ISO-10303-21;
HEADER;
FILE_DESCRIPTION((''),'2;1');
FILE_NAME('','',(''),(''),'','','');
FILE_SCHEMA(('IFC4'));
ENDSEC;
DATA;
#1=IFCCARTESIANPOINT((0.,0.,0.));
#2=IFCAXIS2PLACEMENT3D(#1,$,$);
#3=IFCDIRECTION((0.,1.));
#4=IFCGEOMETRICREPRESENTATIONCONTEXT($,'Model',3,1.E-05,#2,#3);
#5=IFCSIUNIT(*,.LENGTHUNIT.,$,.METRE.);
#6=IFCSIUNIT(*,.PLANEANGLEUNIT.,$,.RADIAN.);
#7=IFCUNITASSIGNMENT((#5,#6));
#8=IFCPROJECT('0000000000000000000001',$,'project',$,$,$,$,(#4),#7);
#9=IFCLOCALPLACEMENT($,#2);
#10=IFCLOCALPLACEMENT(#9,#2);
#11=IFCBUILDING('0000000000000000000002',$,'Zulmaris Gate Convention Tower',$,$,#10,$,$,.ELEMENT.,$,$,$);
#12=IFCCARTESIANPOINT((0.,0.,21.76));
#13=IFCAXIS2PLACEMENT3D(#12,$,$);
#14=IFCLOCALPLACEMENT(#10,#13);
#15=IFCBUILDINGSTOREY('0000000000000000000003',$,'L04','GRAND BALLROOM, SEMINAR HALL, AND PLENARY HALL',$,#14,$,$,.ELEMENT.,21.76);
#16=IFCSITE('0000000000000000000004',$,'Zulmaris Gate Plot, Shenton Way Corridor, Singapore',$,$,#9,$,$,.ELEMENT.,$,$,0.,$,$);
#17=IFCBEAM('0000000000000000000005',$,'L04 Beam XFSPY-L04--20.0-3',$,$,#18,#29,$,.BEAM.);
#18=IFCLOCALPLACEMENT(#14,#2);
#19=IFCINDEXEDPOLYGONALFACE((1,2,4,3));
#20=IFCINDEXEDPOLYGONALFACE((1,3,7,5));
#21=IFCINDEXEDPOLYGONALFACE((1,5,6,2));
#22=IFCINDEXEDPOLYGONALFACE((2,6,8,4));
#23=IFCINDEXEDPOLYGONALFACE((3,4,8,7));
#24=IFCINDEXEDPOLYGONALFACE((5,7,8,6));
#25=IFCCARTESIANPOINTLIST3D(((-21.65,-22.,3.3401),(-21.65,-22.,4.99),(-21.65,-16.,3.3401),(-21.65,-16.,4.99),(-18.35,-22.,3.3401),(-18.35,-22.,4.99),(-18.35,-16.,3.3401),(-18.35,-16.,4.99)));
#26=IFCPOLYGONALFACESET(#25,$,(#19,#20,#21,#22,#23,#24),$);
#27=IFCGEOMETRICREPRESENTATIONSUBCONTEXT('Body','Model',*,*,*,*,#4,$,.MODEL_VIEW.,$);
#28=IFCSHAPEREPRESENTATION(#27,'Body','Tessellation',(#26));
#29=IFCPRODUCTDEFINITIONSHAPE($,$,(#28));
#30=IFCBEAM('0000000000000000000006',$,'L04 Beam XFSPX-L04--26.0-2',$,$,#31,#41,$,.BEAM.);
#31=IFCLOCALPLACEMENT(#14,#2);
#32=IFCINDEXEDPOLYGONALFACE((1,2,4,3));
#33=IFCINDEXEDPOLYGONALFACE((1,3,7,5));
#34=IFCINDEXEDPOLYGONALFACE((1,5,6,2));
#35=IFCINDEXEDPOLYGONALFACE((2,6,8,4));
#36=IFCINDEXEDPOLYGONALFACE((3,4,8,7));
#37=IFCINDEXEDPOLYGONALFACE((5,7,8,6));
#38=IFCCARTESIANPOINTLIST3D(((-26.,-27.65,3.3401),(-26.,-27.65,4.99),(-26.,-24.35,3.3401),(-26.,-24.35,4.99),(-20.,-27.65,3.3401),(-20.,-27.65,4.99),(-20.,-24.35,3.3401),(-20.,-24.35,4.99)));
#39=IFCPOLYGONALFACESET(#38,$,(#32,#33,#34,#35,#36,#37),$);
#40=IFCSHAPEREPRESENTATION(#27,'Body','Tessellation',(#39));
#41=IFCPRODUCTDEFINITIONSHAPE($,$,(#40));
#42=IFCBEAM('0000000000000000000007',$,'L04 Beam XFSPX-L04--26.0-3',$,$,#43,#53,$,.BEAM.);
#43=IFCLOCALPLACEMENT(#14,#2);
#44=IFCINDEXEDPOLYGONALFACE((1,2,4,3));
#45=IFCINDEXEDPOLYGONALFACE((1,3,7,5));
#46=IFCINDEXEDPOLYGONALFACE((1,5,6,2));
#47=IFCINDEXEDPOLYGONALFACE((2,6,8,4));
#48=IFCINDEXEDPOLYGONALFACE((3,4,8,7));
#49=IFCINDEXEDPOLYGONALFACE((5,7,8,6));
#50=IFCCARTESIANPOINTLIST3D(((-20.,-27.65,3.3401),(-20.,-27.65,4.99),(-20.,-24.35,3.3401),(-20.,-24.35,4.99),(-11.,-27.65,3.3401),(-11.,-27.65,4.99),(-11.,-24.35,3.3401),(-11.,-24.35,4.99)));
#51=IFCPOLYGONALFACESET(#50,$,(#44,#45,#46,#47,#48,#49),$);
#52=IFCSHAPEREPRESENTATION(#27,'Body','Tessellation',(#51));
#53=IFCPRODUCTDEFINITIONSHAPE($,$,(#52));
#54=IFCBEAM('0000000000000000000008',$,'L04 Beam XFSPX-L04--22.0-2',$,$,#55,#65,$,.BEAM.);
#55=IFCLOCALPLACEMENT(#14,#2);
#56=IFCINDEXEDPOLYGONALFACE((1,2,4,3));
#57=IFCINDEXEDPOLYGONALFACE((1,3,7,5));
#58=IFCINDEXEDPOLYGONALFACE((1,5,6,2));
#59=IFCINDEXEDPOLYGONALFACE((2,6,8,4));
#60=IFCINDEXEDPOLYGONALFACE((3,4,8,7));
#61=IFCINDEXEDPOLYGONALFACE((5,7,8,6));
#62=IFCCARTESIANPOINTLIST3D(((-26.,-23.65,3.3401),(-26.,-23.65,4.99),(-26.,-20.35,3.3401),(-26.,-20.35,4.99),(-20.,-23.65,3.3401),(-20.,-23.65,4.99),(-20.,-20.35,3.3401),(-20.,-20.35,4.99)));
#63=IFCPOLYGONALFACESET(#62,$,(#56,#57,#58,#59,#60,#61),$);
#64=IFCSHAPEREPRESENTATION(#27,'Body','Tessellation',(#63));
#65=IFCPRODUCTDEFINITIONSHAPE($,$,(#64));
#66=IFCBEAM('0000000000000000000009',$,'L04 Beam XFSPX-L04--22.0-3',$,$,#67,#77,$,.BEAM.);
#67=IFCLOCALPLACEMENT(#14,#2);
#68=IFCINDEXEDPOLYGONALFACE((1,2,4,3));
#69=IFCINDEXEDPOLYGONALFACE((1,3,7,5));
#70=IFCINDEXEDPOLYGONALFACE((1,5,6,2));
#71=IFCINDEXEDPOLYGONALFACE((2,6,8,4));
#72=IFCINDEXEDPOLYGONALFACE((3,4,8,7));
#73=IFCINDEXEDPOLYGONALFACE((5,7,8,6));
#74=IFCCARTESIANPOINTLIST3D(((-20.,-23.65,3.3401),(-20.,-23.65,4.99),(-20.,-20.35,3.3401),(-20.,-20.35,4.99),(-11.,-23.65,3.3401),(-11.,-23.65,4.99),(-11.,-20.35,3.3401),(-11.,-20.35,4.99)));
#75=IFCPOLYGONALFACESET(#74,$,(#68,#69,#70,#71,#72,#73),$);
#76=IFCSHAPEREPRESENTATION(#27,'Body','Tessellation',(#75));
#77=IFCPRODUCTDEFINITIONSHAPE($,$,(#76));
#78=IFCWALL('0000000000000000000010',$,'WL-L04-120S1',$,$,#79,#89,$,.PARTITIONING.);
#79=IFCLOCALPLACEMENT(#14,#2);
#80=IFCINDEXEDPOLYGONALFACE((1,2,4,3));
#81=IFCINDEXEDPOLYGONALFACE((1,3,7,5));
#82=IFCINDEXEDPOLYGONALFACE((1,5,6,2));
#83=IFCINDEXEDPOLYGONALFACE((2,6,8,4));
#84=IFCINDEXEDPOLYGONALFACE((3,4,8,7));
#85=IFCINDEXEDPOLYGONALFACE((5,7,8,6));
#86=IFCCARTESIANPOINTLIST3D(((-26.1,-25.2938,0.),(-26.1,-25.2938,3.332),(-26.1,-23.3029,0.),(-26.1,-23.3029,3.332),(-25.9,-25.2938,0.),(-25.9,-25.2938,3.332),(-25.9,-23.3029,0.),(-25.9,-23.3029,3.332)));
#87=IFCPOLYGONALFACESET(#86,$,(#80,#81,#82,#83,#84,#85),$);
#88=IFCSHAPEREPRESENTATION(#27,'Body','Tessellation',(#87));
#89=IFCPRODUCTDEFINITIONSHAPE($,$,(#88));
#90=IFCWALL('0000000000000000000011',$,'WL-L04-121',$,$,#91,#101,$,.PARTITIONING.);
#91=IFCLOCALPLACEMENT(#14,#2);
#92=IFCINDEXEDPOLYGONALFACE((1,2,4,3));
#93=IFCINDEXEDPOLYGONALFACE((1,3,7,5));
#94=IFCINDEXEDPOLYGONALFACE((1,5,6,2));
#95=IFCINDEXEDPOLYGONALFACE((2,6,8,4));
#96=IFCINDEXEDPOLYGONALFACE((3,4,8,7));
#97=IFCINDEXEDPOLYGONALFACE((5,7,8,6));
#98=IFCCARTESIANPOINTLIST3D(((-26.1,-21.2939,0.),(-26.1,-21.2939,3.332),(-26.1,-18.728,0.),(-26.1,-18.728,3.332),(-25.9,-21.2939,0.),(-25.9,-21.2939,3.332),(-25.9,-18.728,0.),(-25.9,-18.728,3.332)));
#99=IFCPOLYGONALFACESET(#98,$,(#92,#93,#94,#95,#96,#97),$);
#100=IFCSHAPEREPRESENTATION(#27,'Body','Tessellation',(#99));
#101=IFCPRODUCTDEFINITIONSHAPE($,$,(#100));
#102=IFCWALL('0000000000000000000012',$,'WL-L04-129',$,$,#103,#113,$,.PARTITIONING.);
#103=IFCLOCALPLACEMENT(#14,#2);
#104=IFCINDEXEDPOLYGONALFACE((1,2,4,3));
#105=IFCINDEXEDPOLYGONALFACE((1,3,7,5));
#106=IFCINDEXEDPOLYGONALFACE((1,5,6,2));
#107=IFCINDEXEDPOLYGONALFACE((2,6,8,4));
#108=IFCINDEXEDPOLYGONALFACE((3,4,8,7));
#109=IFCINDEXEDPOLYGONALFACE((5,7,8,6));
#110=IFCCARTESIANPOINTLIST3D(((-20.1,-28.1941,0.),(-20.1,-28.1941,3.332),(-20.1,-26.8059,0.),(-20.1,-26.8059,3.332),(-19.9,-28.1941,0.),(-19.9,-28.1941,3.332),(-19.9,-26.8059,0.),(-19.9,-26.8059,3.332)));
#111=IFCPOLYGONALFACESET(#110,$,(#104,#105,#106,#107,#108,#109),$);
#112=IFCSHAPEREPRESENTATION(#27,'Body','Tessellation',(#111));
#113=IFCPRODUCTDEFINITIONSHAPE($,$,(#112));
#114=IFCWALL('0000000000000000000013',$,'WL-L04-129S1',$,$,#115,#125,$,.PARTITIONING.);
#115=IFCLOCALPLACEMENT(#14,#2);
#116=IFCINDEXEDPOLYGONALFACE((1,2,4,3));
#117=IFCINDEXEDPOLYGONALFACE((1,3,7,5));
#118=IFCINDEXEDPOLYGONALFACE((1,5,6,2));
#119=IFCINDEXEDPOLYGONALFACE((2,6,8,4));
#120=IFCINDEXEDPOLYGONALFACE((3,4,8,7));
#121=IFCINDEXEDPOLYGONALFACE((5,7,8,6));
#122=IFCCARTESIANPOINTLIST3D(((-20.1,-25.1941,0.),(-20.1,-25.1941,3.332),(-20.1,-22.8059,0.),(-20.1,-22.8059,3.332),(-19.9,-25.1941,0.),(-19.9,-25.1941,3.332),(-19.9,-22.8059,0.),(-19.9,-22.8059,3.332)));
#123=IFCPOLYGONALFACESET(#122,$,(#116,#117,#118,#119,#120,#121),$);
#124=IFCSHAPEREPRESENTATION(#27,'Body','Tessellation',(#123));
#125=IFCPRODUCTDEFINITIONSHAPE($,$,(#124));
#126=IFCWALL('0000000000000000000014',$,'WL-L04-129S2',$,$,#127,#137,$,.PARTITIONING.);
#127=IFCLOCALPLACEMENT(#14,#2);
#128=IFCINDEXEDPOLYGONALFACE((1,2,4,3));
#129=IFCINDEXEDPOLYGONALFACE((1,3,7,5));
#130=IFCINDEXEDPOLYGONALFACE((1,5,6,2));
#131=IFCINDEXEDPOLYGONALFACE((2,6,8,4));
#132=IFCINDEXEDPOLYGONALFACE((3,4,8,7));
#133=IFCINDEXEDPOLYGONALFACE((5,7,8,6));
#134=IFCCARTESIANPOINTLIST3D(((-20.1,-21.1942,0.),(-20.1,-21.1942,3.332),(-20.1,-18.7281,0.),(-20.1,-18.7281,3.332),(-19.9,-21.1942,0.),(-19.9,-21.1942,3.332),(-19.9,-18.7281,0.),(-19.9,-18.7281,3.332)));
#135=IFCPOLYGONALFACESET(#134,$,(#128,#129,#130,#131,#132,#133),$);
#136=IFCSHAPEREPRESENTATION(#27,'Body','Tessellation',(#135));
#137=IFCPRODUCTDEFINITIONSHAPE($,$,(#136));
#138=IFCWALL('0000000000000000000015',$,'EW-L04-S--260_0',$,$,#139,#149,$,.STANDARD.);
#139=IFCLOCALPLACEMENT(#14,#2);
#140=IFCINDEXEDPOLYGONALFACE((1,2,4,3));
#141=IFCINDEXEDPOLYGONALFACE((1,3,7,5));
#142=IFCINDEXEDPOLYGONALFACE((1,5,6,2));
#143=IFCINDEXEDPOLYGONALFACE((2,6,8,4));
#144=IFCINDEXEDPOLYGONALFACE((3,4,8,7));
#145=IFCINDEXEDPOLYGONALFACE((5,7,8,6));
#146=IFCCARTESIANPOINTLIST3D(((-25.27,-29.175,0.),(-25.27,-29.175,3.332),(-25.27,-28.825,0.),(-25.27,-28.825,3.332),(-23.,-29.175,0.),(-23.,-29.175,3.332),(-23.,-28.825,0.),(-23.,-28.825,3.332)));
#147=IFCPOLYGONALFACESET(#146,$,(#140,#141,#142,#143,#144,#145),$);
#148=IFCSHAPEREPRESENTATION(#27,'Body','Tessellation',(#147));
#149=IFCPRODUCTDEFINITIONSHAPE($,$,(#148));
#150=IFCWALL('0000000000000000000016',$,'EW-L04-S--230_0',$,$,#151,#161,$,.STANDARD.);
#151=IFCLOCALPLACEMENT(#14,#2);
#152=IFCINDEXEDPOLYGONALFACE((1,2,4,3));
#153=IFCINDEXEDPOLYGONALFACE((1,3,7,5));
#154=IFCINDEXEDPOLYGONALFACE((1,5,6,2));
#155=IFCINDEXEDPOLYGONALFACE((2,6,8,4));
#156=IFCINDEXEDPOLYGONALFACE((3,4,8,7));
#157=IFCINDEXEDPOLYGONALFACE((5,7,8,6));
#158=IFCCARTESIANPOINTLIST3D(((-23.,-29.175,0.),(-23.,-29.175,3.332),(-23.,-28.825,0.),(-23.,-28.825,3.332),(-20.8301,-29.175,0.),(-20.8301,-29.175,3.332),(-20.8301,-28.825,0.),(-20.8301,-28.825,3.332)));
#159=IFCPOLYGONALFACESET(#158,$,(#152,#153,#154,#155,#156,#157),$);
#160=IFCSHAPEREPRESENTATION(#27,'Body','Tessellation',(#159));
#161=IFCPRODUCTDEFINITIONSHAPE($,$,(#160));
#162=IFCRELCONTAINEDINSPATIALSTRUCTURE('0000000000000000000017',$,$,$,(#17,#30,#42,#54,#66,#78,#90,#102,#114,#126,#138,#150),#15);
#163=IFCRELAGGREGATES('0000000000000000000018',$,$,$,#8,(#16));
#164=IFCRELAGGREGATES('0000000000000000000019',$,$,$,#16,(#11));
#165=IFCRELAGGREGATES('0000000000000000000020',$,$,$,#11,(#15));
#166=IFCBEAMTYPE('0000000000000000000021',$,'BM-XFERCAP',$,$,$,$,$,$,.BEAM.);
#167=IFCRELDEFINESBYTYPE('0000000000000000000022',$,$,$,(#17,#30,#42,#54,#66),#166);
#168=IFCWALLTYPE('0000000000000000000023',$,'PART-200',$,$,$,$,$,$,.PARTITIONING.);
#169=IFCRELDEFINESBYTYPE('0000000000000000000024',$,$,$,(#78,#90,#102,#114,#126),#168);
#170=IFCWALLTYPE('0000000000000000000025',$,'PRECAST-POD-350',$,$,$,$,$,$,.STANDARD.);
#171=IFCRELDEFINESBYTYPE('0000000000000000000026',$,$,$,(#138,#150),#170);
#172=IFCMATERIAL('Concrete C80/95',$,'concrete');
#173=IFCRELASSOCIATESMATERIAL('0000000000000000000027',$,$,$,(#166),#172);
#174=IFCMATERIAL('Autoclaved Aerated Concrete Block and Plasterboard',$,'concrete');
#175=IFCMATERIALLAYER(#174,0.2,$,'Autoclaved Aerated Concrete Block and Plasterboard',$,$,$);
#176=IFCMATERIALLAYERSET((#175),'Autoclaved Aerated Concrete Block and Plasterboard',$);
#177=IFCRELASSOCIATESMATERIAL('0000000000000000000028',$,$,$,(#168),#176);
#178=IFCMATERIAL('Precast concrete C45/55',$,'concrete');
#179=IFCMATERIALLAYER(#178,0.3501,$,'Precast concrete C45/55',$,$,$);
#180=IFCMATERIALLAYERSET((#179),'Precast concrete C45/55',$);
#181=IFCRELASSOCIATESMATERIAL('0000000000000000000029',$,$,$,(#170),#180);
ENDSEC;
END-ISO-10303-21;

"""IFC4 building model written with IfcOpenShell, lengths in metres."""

from ifc_helpers import new_model, si_unit, direction, frame, frame_2d, origin, origin_2d, place, context, subcontext, project, spatial, rectangle, extrude, material, layer, layer_set, material_profile, profile_set, type_object, element, save


model = new_model("IFC4")

# Units and contexts
model_context = context("Model", 3, precision=1e-05, world=origin(), true_north=direction((0.0, 1.0)))
body_context = subcontext(model_context, "Body", "Model", "MODEL_VIEW")
ifc_project = project(units=[si_unit("LENGTHUNIT", "METRE"), si_unit("PLANEANGLEUNIT", "RADIAN")], contexts=[model_context])

# Site, building, storey
site_placement = place(None, origin())
site = spatial("IfcSite", under=ifc_project, at=site_placement, Name="Zulmaris Gate Plot, Shenton Way Corridor, Singapore", CompositionType="ELEMENT", RefElevation=0.0)
building_placement = place(site_placement, origin())
building = spatial("IfcBuilding", under=site, at=building_placement, Name="Zulmaris Gate Convention Tower", CompositionType="ELEMENT")
storey_placement = place(building_placement, frame((0.0, 0.0, 21.76)))
storey = spatial("IfcBuildingStorey", under=building, at=storey_placement, Name="L04", Description="GRAND BALLROOM, SEMINAR HALL, AND PLENARY HALL", CompositionType="ELEMENT", Elevation=21.76)

# Shared definitions
ifc_material_1 = material(Name="Concrete C80/95", Category="concrete")

# Beams
ifc_material_profile_1 = material_profile(ifc_material_1, rectangle(XDim=3.3, YDim=1.6499, at=origin_2d()), Name="RC TRANSFER 3300x1650")
ifc_profile_set_1 = profile_set([ifc_material_profile_1], Name="Concrete C80/95")
beam_type_1 = type_object("IfcBeamType", Name="BM-XFERCAP", PredefinedType="BEAM", material=ifc_profile_set_1)
for number, where, z_axis, x_axis, name in (
    (1, (-20.0, -22.0, 4.165), (0.0, 1.0, 0.0), (-1.0, 0.0, 0.0), "L04 Beam XFSPY-L04--20.0-3"),
    (2, (-26.0, -26.0, 4.165), (1.0, 0.0, 0.0), (0.0, 1.0, 0.0), "L04 Beam XFSPX-L04--26.0-2"),
):
    element("IfcBeam", number, at=place(storey_placement, frame(where, z_axis=z_axis, x_axis=x_axis)), inside=storey, type_object=beam_type_1, Name=name, PredefinedType="BEAM", context=body_context, shape_type="SweptSolid", body=[
        extrude(rectangle(XDim=3.3, YDim=1.6499, at=origin_2d()), origin(), (0.0, 0.0, 1.0), 6.0),
    ])
beam_1_placement = place(storey_placement, frame((-20.0, -26.0, 4.165), z_axis=(1.0, 0.0, 0.0), x_axis=(0.0, 1.0, 0.0)))
element("IfcBeam", 3, at=beam_1_placement, inside=storey, type_object=beam_type_1, Name="L04 Beam XFSPX-L04--26.0-3", PredefinedType="BEAM", context=body_context, shape_type="SweptSolid", body=[
    extrude(rectangle(XDim=3.3, YDim=1.6499, at=origin_2d()), origin(), (0.0, 0.0, 1.0), 9.0),
])
beam_2_placement = place(storey_placement, frame((-26.0, -22.0, 4.165), z_axis=(1.0, 0.0, 0.0), x_axis=(0.0, 1.0, 0.0)))
element("IfcBeam", 4, at=beam_2_placement, inside=storey, type_object=beam_type_1, Name="L04 Beam XFSPX-L04--22.0-2", PredefinedType="BEAM", context=body_context, shape_type="SweptSolid", body=[
    extrude(rectangle(XDim=3.3, YDim=1.6499, at=origin_2d()), origin(), (0.0, 0.0, 1.0), 6.0),
])
beam_3_placement = place(storey_placement, frame((-20.0, -22.0, 4.165), z_axis=(1.0, 0.0, 0.0), x_axis=(0.0, 1.0, 0.0)))
element("IfcBeam", 5, at=beam_3_placement, inside=storey, type_object=beam_type_1, Name="L04 Beam XFSPX-L04--22.0-3", PredefinedType="BEAM", context=body_context, shape_type="SweptSolid", body=[
    extrude(rectangle(XDim=3.3, YDim=1.6499, at=origin_2d()), origin(), (0.0, 0.0, 1.0), 9.0),
])

# Walls
ifc_material_2 = material(Name="Autoclaved Aerated Concrete Block and Plasterboard", Category="concrete")
ifc_layer_1 = layer(ifc_material_2, 0.2, Name="Autoclaved Aerated Concrete Block and Plasterboard")
ifc_layer_set_1 = layer_set([ifc_layer_1], Name="Autoclaved Aerated Concrete Block and Plasterboard")
wall_type_1 = type_object("IfcWallType", Name="PART-200", PredefinedType="PARTITIONING", material=ifc_layer_set_1)
wall_1_placement = place(storey_placement, frame((-26.0, -25.2939, 0.0), z_axis=(0.0, 0.0, 1.0), x_axis=(0.0, 1.0, 0.0)))
element("IfcWall", 6, at=wall_1_placement, inside=storey, type_object=wall_type_1, Name="WL-L04-120S1", PredefinedType="PARTITIONING", context=body_context, shape_type="SweptSolid", body=[
    extrude(rectangle(XDim=1.991, YDim=0.2, at=frame_2d((0.9956, 0.0))), origin(), (0.0, 0.0, 1.0), 3.332),
])
wall_2_placement = place(storey_placement, frame((-26.0, -21.2939, 0.0), z_axis=(0.0, 0.0, 1.0), x_axis=(0.0, 1.0, 0.0)))
element("IfcWall", 7, at=wall_2_placement, inside=storey, type_object=wall_type_1, Name="WL-L04-121", PredefinedType="PARTITIONING", context=body_context, shape_type="SweptSolid", body=[
    extrude(rectangle(XDim=2.5659, YDim=0.2, at=frame_2d((1.283, 0.0))), origin(), (0.0, 0.0, 1.0), 3.332),
])
wall_3_placement = place(storey_placement, frame((-20.0, -28.1941, 0.0), z_axis=(0.0, 0.0, 1.0), x_axis=(0.0, 1.0, 0.0)))
element("IfcWall", 8, at=wall_3_placement, inside=storey, type_object=wall_type_1, Name="WL-L04-129", PredefinedType="PARTITIONING", context=body_context, shape_type="SweptSolid", body=[
    extrude(rectangle(XDim=1.3882, YDim=0.2, at=frame_2d((0.6941, 0.0))), origin(), (0.0, 0.0, 1.0), 3.332),
])
wall_4_placement = place(storey_placement, frame((-20.0, -25.1941, 0.0), z_axis=(0.0, 0.0, 1.0), x_axis=(0.0, 1.0, 0.0)))
element("IfcWall", 9, at=wall_4_placement, inside=storey, type_object=wall_type_1, Name="WL-L04-129S1", PredefinedType="PARTITIONING", context=body_context, shape_type="SweptSolid", body=[
    extrude(rectangle(XDim=2.3882, YDim=0.2, at=frame_2d((1.1941, 0.0))), origin(), (0.0, 0.0, 1.0), 3.332),
])
wall_5_placement = place(storey_placement, frame((-20.0, -21.1941, 0.0), z_axis=(0.0, 0.0, 1.0), x_axis=(0.0, 1.0, 0.0)))
element("IfcWall", 10, at=wall_5_placement, inside=storey, type_object=wall_type_1, Name="WL-L04-129S2", PredefinedType="PARTITIONING", context=body_context, shape_type="SweptSolid", body=[
    extrude(rectangle(XDim=2.4661, YDim=0.2, at=frame_2d((1.2329, 0.0))), origin(), (0.0, 0.0, 1.0), 3.332),
])
ifc_material_3 = material(Name="Precast concrete C45/55", Category="concrete")
ifc_layer_2 = layer(ifc_material_3, 0.3501, Name="Precast concrete C45/55")
ifc_layer_set_2 = layer_set([ifc_layer_2], Name="Precast concrete C45/55")
wall_type_2 = type_object("IfcWallType", Name="PRECAST-POD-350", PredefinedType="STANDARD", material=ifc_layer_set_2)
wall_6_placement = place(storey_placement, frame((-25.27, -29.0, 0.0), z_axis=(0.0, 0.0, 1.0), x_axis=(1.0, 0.0, 0.0)))
element("IfcWall", 11, at=wall_6_placement, inside=storey, type_object=wall_type_2, Name="EW-L04-S--260_0", PredefinedType="STANDARD", context=body_context, shape_type="SweptSolid", body=[
    extrude(rectangle(XDim=2.27, YDim=0.3501, at=frame_2d((1.135, 0.0))), origin(), (0.0, 0.0, 1.0), 3.332),
])
wall_7_placement = place(storey_placement, frame((-23.0, -29.0, 0.0), z_axis=(0.0, 0.0, 1.0), x_axis=(1.0, 0.0, 0.0)))
element("IfcWall", 12, at=wall_7_placement, inside=storey, type_object=wall_type_2, Name="EW-L04-S--230_0", PredefinedType="STANDARD", context=body_context, shape_type="SweptSolid", body=[
    extrude(rectangle(XDim=2.1699, YDim=0.3501, at=frame_2d((1.085, 0.0))), origin(), (0.0, 0.0, 1.0), 3.332),
])

save(model, "model.ifc")
